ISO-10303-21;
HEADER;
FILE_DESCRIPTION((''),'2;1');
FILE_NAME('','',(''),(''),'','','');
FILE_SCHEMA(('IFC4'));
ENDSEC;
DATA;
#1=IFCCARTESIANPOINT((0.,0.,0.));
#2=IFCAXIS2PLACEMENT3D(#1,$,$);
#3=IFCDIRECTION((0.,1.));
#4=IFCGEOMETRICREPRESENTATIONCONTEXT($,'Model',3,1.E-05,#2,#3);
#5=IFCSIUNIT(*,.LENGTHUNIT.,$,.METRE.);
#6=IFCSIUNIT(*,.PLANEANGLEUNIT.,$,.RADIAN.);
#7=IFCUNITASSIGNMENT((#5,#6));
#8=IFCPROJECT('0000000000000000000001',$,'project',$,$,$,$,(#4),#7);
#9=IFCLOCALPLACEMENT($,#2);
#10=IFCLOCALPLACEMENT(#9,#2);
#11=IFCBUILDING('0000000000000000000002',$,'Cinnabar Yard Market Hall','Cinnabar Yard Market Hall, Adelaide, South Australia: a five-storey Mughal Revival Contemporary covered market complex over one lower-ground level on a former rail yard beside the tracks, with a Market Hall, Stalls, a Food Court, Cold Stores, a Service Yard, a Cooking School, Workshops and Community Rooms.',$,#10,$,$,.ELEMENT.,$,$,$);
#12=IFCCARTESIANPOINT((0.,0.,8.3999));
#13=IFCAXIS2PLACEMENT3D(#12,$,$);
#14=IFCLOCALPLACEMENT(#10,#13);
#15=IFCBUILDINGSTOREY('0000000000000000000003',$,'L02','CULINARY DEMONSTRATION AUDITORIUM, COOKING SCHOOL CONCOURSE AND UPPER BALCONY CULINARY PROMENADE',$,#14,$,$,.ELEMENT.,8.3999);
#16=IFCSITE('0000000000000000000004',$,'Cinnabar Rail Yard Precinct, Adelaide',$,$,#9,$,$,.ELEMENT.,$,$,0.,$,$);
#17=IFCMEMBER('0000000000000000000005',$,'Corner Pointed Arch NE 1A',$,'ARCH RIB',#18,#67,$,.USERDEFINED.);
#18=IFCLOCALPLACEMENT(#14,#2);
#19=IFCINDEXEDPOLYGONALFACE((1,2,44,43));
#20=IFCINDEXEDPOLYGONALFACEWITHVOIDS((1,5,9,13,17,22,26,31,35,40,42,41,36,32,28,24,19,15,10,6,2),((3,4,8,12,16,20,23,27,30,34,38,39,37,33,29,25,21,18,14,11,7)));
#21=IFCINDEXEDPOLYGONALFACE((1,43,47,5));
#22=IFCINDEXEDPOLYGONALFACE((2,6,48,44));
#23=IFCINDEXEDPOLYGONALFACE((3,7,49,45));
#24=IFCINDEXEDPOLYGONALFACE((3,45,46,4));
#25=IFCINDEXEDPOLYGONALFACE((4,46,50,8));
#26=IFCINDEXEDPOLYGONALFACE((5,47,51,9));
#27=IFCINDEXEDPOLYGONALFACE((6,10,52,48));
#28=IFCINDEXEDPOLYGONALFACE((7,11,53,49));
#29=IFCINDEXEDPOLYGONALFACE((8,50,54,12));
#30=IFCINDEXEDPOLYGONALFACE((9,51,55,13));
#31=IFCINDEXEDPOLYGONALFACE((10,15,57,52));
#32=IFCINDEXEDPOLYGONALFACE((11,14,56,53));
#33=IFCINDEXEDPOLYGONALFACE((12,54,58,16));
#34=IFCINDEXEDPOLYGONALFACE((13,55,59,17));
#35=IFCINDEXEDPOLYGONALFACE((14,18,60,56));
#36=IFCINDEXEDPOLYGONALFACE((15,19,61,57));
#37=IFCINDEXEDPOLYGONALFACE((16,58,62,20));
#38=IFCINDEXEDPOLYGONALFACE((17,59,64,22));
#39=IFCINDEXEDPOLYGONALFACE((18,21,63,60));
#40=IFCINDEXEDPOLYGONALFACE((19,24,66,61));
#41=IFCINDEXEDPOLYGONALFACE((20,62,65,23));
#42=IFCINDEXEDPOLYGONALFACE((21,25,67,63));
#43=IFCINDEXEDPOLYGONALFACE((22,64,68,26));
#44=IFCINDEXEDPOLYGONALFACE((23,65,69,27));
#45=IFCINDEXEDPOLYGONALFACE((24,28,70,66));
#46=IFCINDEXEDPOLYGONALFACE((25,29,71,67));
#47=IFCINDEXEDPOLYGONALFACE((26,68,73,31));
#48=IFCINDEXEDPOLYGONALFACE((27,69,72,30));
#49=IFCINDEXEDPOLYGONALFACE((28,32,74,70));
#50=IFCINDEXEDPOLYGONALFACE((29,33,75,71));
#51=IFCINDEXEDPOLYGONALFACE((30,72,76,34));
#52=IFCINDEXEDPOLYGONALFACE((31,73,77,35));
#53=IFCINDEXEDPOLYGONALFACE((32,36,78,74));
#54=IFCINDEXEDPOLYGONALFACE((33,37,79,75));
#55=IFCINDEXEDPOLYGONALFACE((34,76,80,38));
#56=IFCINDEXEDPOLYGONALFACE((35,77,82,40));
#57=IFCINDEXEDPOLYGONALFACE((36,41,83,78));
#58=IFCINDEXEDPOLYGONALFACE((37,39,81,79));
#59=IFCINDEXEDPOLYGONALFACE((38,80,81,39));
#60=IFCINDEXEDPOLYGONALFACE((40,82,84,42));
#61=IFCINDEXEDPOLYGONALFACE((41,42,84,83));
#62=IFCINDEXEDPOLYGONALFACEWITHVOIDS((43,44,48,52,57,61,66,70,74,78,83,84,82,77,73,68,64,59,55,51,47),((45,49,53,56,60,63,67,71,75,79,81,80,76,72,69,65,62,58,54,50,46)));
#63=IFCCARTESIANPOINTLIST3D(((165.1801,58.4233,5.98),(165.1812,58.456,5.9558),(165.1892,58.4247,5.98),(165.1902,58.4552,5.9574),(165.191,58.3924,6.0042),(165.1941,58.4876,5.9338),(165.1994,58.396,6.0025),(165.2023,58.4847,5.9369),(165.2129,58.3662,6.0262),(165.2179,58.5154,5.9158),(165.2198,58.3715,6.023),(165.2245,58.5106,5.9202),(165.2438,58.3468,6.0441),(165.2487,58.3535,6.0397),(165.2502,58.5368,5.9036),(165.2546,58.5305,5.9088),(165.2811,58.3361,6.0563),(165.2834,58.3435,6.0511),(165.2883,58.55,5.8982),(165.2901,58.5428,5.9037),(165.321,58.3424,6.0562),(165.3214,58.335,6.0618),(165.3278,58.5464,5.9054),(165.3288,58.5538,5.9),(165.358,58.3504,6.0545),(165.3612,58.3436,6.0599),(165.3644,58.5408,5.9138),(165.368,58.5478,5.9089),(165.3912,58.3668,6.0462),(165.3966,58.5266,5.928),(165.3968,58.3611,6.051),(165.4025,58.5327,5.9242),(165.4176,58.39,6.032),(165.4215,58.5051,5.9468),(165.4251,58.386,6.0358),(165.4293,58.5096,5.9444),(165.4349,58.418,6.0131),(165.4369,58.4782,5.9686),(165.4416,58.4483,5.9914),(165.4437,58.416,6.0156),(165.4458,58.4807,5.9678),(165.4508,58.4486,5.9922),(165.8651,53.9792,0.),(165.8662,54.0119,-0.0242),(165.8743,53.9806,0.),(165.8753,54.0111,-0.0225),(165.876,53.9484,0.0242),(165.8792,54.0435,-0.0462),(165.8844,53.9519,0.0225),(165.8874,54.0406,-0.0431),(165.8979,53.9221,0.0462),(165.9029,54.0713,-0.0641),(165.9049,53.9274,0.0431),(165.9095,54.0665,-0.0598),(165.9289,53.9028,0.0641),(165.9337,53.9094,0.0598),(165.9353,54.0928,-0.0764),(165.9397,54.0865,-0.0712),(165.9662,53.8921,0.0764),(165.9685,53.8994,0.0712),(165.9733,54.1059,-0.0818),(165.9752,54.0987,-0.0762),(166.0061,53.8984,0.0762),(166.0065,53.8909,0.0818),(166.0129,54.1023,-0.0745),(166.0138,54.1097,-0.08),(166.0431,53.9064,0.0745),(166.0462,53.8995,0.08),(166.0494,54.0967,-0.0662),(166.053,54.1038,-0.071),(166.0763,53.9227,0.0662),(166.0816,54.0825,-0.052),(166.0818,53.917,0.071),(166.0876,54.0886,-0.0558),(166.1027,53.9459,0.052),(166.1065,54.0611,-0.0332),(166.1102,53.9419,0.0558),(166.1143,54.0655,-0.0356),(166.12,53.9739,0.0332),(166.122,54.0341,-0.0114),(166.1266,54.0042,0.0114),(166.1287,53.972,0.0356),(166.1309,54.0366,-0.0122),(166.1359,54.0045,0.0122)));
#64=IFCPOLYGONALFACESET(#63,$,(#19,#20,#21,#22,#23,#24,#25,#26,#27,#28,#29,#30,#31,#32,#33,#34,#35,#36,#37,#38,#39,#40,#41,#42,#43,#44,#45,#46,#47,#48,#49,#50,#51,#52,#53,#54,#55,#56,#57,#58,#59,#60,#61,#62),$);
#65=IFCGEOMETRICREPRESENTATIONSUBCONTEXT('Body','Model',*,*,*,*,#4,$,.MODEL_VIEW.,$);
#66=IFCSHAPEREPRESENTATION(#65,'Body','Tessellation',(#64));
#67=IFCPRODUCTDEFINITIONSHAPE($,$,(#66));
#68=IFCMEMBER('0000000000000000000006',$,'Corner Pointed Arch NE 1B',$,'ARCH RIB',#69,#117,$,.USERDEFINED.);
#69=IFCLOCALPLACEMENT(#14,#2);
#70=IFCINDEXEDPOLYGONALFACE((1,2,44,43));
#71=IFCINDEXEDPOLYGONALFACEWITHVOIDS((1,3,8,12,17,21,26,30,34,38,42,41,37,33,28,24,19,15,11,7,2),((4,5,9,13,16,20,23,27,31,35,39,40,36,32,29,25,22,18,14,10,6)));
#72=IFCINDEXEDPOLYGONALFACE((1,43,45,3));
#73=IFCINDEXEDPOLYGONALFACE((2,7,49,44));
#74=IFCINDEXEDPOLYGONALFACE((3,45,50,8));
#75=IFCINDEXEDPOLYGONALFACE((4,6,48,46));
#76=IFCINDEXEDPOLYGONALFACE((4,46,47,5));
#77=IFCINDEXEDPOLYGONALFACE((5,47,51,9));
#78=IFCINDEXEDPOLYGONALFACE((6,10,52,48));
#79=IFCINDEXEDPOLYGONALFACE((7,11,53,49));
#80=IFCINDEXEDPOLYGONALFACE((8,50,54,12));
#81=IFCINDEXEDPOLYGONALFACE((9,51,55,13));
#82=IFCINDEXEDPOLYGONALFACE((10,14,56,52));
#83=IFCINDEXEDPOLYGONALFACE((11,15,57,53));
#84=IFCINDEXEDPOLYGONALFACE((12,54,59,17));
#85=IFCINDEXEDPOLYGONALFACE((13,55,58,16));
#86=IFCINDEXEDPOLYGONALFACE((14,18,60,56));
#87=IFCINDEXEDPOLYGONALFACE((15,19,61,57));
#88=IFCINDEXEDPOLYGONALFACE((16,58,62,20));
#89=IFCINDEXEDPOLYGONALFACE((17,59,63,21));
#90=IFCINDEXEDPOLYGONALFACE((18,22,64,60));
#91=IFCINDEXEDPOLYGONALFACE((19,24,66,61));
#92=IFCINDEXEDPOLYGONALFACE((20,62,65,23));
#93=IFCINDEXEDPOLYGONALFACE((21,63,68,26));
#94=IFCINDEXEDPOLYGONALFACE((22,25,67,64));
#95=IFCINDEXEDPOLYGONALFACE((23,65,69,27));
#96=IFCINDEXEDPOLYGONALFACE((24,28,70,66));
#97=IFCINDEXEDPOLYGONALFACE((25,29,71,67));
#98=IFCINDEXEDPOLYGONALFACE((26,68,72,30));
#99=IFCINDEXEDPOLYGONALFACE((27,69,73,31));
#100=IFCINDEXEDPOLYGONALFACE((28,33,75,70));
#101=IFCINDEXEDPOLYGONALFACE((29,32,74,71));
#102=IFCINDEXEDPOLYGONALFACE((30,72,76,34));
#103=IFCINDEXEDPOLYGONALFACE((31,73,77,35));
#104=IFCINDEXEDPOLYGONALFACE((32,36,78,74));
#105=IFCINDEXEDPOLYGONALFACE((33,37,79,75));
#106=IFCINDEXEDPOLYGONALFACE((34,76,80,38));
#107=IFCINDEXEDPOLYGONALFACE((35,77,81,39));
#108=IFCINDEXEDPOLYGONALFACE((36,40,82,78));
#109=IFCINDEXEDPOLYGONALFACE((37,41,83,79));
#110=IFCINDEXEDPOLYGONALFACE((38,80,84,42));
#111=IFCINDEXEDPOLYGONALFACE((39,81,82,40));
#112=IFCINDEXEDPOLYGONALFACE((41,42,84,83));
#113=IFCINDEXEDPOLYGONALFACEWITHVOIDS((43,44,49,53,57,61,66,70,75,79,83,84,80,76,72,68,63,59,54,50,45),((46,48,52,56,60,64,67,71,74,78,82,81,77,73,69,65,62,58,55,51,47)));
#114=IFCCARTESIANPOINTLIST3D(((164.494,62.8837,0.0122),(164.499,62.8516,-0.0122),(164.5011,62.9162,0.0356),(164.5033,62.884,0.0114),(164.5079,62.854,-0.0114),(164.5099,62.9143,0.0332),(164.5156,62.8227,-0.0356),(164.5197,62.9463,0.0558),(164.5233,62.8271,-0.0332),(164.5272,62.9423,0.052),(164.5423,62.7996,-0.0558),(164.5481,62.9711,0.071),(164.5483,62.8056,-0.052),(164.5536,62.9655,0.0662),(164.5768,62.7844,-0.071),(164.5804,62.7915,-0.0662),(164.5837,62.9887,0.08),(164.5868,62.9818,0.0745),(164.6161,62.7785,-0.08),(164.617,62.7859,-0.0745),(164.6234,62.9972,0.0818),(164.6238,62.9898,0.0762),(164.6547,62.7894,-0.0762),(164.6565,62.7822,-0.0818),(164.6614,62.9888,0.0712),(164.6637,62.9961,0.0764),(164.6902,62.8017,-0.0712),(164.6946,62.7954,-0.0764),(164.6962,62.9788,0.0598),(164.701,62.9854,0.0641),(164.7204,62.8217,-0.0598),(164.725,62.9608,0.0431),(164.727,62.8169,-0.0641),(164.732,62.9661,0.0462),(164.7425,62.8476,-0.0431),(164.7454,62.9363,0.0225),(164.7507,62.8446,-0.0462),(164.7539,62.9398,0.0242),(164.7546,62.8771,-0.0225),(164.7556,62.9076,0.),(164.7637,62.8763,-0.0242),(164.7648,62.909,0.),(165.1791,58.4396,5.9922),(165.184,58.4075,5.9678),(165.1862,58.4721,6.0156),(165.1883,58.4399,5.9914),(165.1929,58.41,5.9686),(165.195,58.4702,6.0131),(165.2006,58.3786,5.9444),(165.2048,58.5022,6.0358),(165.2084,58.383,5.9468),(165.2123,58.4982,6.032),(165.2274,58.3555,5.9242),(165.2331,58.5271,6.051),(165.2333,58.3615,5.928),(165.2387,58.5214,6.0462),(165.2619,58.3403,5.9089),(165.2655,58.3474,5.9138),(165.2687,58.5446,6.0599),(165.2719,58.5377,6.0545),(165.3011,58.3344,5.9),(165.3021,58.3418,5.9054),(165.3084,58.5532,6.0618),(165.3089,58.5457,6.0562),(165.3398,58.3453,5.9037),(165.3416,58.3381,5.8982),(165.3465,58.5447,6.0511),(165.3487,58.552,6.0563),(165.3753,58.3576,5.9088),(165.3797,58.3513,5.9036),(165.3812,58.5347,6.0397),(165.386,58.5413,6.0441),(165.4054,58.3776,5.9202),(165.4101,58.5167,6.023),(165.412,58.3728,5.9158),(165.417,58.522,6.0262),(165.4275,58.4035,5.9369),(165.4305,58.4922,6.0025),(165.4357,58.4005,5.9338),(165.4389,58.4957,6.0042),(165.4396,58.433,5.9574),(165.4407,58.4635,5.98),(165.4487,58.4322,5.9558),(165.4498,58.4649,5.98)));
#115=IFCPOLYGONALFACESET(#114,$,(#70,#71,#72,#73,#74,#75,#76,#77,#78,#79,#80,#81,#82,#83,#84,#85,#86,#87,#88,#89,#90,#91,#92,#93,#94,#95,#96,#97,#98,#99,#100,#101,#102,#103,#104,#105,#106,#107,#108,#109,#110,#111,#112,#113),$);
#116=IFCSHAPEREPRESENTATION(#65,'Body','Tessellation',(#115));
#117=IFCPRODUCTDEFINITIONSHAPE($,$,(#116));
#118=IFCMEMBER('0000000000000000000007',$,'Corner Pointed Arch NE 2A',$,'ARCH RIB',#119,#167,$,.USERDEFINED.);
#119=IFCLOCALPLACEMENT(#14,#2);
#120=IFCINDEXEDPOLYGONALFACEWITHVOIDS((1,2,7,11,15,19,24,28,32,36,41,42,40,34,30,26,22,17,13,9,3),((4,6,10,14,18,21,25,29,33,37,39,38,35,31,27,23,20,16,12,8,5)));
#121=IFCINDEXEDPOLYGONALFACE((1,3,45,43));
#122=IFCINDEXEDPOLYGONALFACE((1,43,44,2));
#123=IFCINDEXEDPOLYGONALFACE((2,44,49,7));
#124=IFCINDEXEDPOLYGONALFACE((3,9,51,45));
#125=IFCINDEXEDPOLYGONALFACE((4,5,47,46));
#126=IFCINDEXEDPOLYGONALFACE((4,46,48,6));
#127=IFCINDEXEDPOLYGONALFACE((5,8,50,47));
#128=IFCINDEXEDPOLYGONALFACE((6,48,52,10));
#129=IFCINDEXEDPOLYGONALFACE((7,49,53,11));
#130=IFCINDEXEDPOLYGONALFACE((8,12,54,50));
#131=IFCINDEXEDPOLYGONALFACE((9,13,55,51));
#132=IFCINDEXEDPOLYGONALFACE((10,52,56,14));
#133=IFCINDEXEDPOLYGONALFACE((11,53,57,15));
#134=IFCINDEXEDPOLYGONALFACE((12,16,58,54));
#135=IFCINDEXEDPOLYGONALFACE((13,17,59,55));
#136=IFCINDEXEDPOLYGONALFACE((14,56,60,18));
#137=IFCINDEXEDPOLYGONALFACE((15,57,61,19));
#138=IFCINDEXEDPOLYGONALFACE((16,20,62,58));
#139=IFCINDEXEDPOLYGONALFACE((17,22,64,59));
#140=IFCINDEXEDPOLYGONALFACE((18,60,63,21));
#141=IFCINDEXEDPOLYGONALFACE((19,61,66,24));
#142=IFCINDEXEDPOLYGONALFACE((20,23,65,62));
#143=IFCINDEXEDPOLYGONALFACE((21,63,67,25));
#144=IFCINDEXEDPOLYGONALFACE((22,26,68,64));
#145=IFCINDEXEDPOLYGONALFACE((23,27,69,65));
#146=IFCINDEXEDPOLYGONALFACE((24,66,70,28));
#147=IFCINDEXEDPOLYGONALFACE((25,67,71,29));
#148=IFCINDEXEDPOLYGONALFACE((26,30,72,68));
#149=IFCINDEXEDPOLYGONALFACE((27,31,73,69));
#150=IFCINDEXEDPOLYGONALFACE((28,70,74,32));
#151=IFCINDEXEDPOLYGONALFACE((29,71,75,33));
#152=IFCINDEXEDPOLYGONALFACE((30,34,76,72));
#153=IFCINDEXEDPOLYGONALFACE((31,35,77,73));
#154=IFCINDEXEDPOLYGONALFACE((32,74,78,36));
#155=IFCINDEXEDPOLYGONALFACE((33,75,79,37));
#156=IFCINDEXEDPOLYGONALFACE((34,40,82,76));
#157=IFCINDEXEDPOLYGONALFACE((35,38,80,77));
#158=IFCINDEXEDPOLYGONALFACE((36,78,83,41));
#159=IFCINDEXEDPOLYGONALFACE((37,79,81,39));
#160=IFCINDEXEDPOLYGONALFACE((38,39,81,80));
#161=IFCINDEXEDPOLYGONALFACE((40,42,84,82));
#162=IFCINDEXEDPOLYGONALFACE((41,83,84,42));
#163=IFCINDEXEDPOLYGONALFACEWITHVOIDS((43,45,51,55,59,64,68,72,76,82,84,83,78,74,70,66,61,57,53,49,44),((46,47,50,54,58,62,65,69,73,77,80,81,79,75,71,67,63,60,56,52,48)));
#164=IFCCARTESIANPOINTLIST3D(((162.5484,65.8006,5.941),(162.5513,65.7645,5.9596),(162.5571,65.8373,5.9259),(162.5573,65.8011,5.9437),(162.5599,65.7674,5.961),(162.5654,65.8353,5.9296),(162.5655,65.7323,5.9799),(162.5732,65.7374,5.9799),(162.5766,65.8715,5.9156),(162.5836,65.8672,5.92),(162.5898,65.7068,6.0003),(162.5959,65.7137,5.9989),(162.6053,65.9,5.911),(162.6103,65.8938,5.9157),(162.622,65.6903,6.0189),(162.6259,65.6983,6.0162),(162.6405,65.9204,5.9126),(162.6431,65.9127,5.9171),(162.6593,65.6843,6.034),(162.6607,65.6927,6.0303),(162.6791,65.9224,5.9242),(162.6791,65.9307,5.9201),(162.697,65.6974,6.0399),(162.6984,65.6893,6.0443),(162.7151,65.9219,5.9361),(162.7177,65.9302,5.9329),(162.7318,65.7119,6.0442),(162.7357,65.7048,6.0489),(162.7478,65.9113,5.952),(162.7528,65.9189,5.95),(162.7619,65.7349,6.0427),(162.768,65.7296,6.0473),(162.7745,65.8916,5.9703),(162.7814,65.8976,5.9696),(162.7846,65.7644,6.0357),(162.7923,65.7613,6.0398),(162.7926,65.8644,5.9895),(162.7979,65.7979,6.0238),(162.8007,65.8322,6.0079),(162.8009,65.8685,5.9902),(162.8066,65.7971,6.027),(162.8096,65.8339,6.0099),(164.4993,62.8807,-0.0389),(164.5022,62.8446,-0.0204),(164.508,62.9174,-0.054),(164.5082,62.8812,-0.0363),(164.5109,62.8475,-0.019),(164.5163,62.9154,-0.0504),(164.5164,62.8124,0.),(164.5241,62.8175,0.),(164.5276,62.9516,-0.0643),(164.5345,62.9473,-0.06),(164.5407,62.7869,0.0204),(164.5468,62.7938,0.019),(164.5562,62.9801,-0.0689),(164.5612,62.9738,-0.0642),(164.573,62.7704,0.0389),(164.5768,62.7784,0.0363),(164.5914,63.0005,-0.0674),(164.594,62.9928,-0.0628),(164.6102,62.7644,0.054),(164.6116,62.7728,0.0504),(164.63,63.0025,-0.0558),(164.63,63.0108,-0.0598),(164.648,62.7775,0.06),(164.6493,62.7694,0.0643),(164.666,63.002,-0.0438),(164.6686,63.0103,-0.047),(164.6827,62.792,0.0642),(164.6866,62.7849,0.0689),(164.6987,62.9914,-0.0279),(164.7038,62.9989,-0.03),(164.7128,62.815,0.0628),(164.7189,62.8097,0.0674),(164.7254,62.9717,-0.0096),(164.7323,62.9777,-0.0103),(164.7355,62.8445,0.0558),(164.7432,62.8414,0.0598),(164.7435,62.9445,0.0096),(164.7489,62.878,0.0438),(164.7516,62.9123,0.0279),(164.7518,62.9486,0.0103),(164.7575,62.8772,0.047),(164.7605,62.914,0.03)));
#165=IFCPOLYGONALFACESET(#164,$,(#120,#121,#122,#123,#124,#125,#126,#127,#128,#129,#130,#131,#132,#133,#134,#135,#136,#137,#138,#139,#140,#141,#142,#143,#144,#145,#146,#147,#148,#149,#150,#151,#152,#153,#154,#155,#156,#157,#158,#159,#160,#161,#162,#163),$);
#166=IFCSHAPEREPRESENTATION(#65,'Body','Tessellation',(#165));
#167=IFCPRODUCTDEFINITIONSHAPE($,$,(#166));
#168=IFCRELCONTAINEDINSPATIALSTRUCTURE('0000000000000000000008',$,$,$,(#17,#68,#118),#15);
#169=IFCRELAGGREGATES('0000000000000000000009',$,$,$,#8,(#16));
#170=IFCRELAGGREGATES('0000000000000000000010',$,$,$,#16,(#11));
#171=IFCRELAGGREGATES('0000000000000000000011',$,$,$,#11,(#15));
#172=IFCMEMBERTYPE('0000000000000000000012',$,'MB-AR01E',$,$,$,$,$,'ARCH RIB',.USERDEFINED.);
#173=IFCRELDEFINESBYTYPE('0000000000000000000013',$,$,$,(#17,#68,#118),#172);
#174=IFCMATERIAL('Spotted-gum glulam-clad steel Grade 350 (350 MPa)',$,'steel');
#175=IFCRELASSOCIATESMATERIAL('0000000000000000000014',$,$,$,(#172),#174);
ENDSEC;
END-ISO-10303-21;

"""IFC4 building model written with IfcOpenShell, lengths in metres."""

from ifc_helpers import new_model, si_unit, direction, frame, origin, origin_2d_with_axis, place, context, subcontext, project, spatial, hollow_circle, extrude, material, material_profile, profile_set, type_object, element, save


model = new_model("IFC4")

# Units and contexts
model_context = context("Model", 3, precision=1e-05, world=origin(), true_north=direction((0.0, 1.0)))
body_context = subcontext(model_context, "Body", "Model", "MODEL_VIEW")
ifc_project = project(units=[si_unit("LENGTHUNIT", "METRE"), si_unit("PLANEANGLEUNIT", "RADIAN")], contexts=[model_context])

# Site, building, storey
site_placement = place(None, origin())
site = spatial("IfcSite", under=ifc_project, at=site_placement, Name="Cinnabar Rail Yard Precinct, Adelaide", CompositionType="ELEMENT", RefElevation=0.0)
building_placement = place(site_placement, origin())
building = spatial("IfcBuilding", under=site, at=building_placement, Name="Cinnabar Yard Market Hall", Description="Cinnabar Yard Market Hall, Adelaide, South Australia: a five-storey Mughal Revival Contemporary covered market complex over one lower-ground level on a former rail yard beside the tracks, with a Market Hall, Stalls, a Food Court, Cold Stores, a Service Yard, a Cooking School, Workshops and Community Rooms.", CompositionType="ELEMENT")
storey_placement = place(building_placement, frame((0.0, 0.0, 8.3999)))
storey = spatial("IfcBuildingStorey", under=building, at=storey_placement, Name="L02", Description="CULINARY DEMONSTRATION AUDITORIUM, COOKING SCHOOL CONCOURSE AND UPPER BALCONY CULINARY PROMENADE", CompositionType="ELEMENT", Elevation=8.3999)

# Shared definitions
ifc_material_1 = material(Name="Spotted-gum glulam-clad steel Grade 350 (350 MPa)", Category="steel")

# Members
ifc_material_profile_1 = material_profile(ifc_material_1, hollow_circle(Radius=0.1365, WallThickness=0.0093, at=origin_2d_with_axis()), Name="273.1x9.3CHS")
ifc_profile_set_1 = profile_set([ifc_material_profile_1], Name="Spotted-gum glulam-clad steel Grade 350 (350 MPa)")
member_type_1 = type_object("IfcMemberType", Name="MB-AR01E", ElementType="ARCH RIB", PredefinedType="USERDEFINED", material=ifc_profile_set_1)
for number, where, z_axis, x_axis, name in (
    (1, (166.0, 54.0, 0.0), (-0.091562, 0.593976, 0.799255), (-0.988326, -0.152351, 0.0), "Corner Pointed Arch NE 1A"),
    (2, (164.6299, 62.8882, 0.0), (0.091562, -0.593976, 0.799255), (0.988326, 0.152351, 0.0), "Corner Pointed Arch NE 1B"),
):
    element("IfcMember", number, at=place(storey_placement, frame(where, z_axis=z_axis, x_axis=x_axis)), inside=storey, type_object=member_type_1, Name=name, ObjectType="ARCH RIB", PredefinedType="USERDEFINED", context=body_context, shape_type="SweptSolid", body=[
        extrude(hollow_circle(Radius=0.1365, WallThickness=0.0093, at=origin_2d_with_axis()), origin(), (0.0, 0.0, 1.0), 7.4819),
    ])
member_1_placement = place(storey_placement, frame((164.6299, 62.8882, 0.0), z_axis=(-0.281322, 0.42105, 0.862308), x_axis=(-0.831483, -0.55555, 0.0)))
element("IfcMember", 3, at=member_1_placement, inside=storey, type_object=member_type_1, Name="Corner Pointed Arch NE 2A", ObjectType="ARCH RIB", PredefinedType="USERDEFINED", context=body_context, shape_type="SweptSolid", body=[
    extrude(hollow_circle(Radius=0.1365, WallThickness=0.0093, at=origin_2d_with_axis()), origin(), (0.0, 0.0, 1.0), 6.9348),
])

save(model, "model.ifc")
